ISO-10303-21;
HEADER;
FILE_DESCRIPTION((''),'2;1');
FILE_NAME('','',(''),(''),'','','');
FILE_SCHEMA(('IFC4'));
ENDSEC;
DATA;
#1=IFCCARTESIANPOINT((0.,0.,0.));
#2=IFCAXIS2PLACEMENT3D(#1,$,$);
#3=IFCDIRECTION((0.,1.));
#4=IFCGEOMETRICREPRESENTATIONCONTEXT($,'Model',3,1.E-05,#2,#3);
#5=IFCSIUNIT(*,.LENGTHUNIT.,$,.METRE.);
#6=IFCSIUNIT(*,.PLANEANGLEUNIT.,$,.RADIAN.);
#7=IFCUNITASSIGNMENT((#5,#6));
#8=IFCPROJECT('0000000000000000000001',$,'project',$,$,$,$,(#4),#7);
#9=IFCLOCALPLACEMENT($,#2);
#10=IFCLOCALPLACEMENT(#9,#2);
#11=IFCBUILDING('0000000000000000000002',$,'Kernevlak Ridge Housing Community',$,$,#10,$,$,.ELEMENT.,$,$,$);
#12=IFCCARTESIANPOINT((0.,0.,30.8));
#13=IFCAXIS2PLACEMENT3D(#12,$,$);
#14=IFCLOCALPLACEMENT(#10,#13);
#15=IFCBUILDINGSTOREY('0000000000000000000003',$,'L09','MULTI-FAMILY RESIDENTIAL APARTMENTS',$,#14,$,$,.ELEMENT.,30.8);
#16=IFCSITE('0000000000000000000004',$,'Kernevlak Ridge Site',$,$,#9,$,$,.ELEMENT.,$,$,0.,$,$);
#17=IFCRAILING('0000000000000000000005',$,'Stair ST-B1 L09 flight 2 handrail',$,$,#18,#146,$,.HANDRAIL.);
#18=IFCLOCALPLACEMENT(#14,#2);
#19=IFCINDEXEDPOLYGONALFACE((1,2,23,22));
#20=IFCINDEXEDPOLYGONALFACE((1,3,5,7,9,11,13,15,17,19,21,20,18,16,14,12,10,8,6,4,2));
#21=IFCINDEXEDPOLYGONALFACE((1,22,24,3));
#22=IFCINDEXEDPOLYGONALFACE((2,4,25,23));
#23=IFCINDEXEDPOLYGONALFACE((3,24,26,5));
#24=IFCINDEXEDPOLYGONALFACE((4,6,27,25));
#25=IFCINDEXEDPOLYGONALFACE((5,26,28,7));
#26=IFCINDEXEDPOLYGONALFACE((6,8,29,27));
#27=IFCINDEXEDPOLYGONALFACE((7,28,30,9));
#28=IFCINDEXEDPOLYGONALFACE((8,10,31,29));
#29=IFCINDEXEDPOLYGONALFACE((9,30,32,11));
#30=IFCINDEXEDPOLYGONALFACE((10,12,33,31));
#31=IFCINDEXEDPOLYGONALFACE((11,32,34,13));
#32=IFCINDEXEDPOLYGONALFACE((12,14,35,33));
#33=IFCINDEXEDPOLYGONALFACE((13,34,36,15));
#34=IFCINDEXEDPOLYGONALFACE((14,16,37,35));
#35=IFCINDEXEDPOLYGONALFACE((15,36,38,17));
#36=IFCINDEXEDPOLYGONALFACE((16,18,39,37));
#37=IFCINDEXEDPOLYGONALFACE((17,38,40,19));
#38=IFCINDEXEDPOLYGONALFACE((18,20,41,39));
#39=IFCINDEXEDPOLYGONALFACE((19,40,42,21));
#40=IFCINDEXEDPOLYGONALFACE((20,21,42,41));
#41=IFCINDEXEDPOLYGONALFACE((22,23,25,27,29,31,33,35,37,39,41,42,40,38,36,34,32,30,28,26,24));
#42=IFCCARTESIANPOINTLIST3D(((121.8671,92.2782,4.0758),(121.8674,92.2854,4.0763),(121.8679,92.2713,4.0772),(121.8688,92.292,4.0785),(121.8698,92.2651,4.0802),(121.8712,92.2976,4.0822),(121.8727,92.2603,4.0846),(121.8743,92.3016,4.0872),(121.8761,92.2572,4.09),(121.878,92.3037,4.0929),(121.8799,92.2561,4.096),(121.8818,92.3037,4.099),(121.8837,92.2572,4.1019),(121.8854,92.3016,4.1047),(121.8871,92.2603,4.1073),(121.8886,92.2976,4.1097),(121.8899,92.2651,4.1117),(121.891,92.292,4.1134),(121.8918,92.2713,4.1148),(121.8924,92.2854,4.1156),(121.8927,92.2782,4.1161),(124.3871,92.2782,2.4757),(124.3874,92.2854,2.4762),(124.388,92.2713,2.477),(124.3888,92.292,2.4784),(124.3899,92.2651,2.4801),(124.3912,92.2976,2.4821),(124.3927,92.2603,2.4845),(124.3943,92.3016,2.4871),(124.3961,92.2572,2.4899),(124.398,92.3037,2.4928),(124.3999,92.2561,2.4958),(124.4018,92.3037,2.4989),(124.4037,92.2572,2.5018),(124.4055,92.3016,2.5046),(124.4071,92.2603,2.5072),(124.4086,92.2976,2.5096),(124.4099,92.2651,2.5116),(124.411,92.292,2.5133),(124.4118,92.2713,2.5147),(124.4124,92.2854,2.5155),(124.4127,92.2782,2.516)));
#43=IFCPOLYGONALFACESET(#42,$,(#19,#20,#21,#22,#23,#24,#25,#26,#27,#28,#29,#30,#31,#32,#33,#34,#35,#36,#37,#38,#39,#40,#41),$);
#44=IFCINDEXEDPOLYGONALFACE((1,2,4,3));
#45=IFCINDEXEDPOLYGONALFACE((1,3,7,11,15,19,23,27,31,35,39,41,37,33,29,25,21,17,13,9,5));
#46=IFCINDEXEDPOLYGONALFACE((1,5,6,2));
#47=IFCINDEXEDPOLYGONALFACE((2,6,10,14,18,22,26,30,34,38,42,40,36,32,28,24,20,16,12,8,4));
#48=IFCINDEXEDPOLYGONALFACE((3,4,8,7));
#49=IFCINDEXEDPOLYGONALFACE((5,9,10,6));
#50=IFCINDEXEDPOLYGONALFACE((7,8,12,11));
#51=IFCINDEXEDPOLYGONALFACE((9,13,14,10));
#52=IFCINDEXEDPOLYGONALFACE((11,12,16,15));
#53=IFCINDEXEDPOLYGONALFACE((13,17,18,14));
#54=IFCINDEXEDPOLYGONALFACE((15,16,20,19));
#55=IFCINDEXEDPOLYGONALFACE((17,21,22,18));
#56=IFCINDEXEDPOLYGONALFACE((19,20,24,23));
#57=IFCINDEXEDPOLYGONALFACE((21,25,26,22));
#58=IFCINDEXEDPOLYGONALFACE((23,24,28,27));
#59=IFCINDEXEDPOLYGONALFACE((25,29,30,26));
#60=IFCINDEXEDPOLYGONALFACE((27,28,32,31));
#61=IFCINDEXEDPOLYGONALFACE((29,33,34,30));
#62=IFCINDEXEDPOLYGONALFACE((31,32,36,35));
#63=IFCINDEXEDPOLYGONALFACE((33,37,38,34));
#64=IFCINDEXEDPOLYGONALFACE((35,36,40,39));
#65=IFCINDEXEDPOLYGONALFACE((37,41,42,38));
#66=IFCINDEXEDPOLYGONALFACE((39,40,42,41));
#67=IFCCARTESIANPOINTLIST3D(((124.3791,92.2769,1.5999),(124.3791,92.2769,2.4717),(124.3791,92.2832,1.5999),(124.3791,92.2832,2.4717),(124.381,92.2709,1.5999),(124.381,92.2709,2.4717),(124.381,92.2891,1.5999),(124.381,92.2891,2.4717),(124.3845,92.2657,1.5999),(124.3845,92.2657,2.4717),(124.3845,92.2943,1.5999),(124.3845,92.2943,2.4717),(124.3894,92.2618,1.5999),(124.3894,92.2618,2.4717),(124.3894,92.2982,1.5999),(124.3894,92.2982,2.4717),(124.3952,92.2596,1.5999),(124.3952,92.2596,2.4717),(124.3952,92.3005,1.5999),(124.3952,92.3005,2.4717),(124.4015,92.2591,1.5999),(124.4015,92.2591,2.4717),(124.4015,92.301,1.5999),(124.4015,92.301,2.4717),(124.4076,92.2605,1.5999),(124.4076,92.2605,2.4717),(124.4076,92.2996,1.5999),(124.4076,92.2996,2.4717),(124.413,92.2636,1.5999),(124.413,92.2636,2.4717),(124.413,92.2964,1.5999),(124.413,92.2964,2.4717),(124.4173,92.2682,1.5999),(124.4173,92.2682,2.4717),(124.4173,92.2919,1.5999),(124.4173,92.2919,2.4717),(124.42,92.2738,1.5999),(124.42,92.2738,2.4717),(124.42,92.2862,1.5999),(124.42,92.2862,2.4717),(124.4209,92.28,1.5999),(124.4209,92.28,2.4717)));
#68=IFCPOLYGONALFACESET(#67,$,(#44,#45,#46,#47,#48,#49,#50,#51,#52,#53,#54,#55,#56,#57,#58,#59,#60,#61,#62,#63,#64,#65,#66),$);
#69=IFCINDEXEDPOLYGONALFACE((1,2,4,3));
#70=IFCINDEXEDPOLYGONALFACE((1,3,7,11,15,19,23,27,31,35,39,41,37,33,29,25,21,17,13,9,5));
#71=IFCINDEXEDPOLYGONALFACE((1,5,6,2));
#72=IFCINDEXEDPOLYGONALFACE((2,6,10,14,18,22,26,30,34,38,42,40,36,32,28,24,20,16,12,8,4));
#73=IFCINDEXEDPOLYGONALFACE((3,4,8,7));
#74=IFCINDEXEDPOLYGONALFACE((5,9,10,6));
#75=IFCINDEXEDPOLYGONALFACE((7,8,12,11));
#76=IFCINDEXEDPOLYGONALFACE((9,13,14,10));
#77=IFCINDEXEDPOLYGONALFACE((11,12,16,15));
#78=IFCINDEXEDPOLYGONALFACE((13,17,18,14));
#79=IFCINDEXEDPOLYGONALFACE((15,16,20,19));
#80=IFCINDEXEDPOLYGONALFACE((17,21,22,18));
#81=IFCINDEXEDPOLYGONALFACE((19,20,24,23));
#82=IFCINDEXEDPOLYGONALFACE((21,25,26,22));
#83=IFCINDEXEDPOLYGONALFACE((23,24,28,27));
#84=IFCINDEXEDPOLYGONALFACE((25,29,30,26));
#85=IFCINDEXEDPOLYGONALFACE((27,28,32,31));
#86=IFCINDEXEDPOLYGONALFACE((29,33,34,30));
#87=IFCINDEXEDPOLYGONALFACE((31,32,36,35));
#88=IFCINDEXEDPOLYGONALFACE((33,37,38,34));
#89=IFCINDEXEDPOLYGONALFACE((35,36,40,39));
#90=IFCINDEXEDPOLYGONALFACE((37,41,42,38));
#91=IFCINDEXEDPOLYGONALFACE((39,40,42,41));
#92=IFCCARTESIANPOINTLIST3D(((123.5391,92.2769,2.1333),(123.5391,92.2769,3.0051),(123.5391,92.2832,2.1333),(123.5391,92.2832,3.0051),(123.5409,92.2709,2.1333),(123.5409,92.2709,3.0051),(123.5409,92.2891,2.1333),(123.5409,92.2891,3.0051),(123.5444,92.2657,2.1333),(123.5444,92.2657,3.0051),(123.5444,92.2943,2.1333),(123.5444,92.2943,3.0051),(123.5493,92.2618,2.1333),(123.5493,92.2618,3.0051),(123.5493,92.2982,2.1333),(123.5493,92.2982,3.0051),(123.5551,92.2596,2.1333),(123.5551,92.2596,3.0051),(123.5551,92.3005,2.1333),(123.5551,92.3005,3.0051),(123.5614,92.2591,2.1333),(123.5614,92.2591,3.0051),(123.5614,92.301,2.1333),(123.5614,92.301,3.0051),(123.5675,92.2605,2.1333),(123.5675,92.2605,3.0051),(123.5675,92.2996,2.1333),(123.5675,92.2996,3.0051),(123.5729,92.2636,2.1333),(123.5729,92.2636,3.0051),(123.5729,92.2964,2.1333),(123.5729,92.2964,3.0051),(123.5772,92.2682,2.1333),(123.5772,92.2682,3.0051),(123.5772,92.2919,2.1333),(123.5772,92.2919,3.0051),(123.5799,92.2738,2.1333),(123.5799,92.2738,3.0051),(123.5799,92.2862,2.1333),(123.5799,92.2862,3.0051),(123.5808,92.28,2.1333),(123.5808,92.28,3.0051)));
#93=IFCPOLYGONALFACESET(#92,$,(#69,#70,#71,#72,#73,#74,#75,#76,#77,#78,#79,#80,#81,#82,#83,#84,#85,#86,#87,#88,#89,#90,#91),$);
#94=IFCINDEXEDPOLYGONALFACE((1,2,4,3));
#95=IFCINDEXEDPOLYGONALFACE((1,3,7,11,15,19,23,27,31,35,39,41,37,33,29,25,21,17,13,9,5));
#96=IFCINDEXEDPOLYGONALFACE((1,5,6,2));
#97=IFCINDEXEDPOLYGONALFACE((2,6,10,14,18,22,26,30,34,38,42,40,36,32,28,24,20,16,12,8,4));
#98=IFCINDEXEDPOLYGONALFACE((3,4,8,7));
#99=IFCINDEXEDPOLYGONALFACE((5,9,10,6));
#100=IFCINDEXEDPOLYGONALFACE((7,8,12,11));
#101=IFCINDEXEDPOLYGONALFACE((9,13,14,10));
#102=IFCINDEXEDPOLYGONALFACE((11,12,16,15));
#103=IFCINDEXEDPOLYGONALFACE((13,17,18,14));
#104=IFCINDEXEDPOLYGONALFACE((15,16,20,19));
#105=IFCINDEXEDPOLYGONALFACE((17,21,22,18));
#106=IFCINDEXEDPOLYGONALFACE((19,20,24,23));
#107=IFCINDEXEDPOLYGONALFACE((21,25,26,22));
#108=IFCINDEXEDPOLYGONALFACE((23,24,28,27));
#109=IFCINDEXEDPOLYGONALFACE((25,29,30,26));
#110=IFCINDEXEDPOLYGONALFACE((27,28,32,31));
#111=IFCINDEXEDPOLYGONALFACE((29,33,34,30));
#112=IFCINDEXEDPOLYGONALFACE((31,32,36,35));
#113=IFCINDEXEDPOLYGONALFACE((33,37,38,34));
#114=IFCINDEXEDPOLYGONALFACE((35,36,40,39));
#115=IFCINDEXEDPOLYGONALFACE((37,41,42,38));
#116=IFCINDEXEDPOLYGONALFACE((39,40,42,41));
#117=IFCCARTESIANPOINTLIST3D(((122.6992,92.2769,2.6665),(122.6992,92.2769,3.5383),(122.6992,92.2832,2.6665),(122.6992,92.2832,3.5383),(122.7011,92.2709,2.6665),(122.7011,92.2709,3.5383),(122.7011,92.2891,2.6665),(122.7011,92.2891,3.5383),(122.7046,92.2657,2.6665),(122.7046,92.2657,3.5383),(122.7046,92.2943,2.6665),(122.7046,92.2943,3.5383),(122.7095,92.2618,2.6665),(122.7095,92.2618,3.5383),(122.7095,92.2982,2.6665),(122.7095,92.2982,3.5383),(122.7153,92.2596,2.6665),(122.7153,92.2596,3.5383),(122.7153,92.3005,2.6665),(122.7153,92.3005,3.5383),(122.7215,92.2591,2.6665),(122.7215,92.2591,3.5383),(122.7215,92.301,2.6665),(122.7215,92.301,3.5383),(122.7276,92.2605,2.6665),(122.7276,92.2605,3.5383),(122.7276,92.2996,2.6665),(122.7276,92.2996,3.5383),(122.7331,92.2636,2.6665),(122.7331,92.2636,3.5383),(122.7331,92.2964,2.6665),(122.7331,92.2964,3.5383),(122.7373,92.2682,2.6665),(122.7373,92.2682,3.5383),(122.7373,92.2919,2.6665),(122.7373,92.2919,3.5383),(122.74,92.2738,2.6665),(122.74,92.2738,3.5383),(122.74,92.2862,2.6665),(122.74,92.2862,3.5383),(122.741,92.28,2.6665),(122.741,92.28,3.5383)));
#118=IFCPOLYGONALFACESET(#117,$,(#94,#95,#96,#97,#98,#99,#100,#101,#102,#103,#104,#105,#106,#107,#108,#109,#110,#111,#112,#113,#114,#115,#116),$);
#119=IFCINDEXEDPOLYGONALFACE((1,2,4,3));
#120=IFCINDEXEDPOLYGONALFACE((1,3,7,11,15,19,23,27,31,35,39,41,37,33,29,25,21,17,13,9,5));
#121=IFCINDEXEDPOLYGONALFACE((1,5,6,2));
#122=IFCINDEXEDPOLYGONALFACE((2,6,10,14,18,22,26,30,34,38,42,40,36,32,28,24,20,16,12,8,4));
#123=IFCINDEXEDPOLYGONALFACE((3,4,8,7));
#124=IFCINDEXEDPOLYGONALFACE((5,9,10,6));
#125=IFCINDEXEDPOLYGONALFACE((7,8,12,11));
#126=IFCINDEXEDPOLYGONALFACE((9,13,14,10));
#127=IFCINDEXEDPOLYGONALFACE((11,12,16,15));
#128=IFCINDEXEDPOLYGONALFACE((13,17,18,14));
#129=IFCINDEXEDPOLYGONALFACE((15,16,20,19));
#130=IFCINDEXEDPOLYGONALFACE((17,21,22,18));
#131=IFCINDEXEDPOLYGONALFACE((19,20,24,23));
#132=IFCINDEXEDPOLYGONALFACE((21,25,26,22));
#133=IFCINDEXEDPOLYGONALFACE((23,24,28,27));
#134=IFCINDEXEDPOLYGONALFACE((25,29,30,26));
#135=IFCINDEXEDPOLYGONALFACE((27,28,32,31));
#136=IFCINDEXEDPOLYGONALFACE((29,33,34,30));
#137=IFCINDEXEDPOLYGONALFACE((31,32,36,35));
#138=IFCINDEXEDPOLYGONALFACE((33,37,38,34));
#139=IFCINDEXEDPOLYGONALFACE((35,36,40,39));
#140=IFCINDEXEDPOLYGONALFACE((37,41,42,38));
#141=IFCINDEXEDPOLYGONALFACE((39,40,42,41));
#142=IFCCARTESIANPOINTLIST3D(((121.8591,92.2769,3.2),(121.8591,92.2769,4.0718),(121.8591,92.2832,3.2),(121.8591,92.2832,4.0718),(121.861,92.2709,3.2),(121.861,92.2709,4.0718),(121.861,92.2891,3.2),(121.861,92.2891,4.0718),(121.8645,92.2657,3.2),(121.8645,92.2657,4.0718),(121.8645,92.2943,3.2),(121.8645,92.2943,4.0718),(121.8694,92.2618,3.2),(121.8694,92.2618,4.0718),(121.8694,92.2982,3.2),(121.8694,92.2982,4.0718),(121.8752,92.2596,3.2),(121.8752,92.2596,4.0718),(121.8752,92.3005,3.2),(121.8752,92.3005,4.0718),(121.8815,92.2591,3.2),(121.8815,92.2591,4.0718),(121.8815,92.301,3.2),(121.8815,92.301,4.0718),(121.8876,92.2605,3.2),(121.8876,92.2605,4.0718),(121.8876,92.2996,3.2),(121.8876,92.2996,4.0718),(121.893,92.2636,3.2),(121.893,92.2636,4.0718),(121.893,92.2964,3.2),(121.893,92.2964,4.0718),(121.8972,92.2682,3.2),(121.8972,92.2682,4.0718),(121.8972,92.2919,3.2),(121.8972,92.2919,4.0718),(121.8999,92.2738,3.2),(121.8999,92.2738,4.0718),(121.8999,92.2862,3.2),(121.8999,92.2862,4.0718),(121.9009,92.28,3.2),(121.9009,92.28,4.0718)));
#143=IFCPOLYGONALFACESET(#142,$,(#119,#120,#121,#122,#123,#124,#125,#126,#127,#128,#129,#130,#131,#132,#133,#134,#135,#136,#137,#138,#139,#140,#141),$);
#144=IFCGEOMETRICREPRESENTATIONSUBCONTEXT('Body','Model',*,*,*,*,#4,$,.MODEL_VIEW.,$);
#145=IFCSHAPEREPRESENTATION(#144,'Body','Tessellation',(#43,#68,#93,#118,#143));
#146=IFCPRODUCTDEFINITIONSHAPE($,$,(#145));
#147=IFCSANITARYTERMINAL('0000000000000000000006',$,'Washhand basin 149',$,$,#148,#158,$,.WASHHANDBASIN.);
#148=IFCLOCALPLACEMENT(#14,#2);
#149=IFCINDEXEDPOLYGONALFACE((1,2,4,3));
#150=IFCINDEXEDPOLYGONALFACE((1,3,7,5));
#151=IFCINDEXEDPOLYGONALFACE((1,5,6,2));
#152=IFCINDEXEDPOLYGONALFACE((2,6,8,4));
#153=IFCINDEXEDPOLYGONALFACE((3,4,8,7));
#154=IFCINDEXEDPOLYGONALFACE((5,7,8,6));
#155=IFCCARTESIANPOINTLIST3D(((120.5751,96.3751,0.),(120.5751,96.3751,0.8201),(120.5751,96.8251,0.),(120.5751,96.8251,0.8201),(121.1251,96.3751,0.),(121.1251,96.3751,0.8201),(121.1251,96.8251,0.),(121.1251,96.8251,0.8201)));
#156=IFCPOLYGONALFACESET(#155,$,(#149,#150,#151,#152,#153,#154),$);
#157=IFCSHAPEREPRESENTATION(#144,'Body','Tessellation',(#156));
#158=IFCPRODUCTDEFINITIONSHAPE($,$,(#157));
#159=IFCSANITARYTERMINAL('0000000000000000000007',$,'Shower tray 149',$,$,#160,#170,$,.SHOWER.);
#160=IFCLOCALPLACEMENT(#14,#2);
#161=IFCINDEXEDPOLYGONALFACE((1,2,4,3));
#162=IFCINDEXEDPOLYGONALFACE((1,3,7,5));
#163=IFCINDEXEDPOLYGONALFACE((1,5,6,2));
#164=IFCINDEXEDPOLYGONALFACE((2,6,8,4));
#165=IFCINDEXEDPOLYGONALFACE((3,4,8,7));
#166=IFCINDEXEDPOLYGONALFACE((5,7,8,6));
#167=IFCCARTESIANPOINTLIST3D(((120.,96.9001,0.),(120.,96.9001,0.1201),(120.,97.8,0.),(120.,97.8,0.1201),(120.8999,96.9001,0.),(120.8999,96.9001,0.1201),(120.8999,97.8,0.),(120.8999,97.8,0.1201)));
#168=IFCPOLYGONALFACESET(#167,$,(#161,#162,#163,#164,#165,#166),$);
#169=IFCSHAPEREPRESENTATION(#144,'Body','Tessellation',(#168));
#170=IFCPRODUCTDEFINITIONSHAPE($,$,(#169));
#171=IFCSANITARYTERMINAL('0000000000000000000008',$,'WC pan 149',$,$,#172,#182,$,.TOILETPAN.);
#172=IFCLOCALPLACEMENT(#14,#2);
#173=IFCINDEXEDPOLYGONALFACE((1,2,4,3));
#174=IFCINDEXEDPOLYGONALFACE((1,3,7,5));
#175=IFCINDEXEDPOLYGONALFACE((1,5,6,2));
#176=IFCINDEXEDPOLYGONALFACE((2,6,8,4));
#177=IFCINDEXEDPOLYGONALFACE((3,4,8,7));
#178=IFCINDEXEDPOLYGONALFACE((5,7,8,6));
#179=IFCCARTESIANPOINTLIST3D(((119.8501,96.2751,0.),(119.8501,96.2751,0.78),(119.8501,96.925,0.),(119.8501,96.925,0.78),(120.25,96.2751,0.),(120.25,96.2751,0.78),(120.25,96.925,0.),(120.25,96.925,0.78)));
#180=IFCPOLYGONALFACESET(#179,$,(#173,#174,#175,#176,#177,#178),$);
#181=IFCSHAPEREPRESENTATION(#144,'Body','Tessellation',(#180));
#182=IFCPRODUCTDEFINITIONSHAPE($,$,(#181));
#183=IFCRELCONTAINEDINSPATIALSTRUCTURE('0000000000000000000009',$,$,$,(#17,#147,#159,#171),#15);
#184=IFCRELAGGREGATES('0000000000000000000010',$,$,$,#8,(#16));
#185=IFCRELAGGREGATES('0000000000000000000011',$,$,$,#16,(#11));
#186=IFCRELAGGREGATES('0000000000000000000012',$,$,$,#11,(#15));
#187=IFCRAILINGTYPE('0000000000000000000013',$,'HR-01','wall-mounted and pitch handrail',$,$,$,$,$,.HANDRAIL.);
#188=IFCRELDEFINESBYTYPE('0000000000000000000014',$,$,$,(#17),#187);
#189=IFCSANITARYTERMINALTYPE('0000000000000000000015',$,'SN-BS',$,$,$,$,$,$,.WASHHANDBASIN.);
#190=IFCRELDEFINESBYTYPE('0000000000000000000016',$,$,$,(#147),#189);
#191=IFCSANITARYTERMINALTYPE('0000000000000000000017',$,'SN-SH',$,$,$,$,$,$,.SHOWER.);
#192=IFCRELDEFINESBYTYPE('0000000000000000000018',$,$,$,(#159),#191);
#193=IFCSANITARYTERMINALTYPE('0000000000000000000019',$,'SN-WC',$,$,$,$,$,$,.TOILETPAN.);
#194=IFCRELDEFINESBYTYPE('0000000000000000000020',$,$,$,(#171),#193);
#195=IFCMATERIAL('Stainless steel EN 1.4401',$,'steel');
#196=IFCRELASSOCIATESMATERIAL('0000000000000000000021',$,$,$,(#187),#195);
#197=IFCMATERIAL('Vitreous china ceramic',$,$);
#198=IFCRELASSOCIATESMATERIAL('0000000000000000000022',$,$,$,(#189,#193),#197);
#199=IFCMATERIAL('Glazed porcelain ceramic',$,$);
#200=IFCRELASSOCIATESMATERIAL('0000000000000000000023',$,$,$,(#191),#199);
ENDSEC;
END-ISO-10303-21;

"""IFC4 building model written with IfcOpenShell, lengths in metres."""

from ifc_helpers import new_model, si_unit, direction, frame, origin, origin_2d, place, context, subcontext, project, spatial, rectangle, circle, extrude, material, type_object, element, save


model = new_model("IFC4")

# Units and contexts
model_context = context("Model", 3, precision=1e-05, world=origin(), true_north=direction((0.0, 1.0)))
body_context = subcontext(model_context, "Body", "Model", "MODEL_VIEW")
ifc_project = project(units=[si_unit("LENGTHUNIT", "METRE"), si_unit("PLANEANGLEUNIT", "RADIAN")], contexts=[model_context])

# Site, building, storey
site_placement = place(None, origin())
site = spatial("IfcSite", under=ifc_project, at=site_placement, Name="Kernevlak Ridge Site", CompositionType="ELEMENT", RefElevation=0.0)
building_placement = place(site_placement, origin())
building = spatial("IfcBuilding", under=site, at=building_placement, Name="Kernevlak Ridge Housing Community", CompositionType="ELEMENT")
storey_placement = place(building_placement, frame((0.0, 0.0, 30.8)))
storey = spatial("IfcBuildingStorey", under=building, at=storey_placement, Name="L09", Description="MULTI-FAMILY RESIDENTIAL APARTMENTS", CompositionType="ELEMENT", Elevation=30.8)

# Railing
ifc_material_1 = material(Name="Stainless steel EN 1.4401", Category="steel")
railing_type = type_object("IfcRailingType", Name="HR-01", Description="wall-mounted and pitch handrail", PredefinedType="HANDRAIL", material=ifc_material_1)
railing_placement = place(storey_placement, frame((124.3999, 92.28, 1.5999)))
element("IfcRailing", 1, at=railing_placement, inside=storey, type_object=railing_type, Name="Stair ST-B1 L09 flight 2 handrail", PredefinedType="HANDRAIL", context=body_context, shape_type="SweptSolid", body=[
    extrude(circle(Radius=0.0239, at=origin_2d()), frame((0.0, 0.0, 0.896), z_axis=(-0.8442, 0.0, 0.536028), x_axis=(0.0, -1.0, 0.0)), (0.0, 0.0, 1.0), 2.9851),
    extrude(circle(Radius=0.021, at=origin_2d()), origin(), (0.0, 0.0, 1.0), 0.8718),
    extrude(circle(Radius=0.021, at=origin_2d()), frame((-0.8401, 0.0, 0.5334)), (0.0, 0.0, 1.0), 0.8718),
    extrude(circle(Radius=0.021, at=origin_2d()), frame((-1.6799, 0.0, 1.0667)), (0.0, 0.0, 1.0), 0.8718),
    extrude(circle(Radius=0.021, at=origin_2d()), frame((-2.52, 0.0, 1.6001)), (0.0, 0.0, 1.0), 0.8718),
])

# Sanitary terminals
ifc_material_2 = material(Name="Vitreous china ceramic")
sanitary_terminal_type_1 = type_object("IfcSanitaryTerminalType", Name="SN-BS", PredefinedType="WASHHANDBASIN", material=ifc_material_2)
sanitary_terminal_1_placement = place(storey_placement, frame((120.8501, 96.6001, 0.0), z_axis=(0.0, 0.0, 1.0), x_axis=(1.0, 0.0, 0.0)))
element("IfcSanitaryTerminal", 2, at=sanitary_terminal_1_placement, inside=storey, type_object=sanitary_terminal_type_1, Name="Washhand basin 149", PredefinedType="WASHHANDBASIN", context=body_context, shape_type="SweptSolid", body=[
    extrude(rectangle(XDim=0.55, YDim=0.45, at=origin_2d()), origin(), (0.0, 0.0, 1.0), 0.8201),
])
ifc_material_3 = material(Name="Glazed porcelain ceramic")
sanitary_terminal_type_2 = type_object("IfcSanitaryTerminalType", Name="SN-SH", PredefinedType="SHOWER", material=ifc_material_3)
sanitary_terminal_2_placement = place(storey_placement, frame((120.45, 97.3501, 0.0), z_axis=(0.0, 0.0, 1.0), x_axis=(1.0, 0.0, 0.0)))
element("IfcSanitaryTerminal", 3, at=sanitary_terminal_2_placement, inside=storey, type_object=sanitary_terminal_type_2, Name="Shower tray 149", PredefinedType="SHOWER", context=body_context, shape_type="SweptSolid", body=[
    extrude(rectangle(XDim=0.8999, YDim=0.8999, at=origin_2d()), origin(), (0.0, 0.0, 1.0), 0.1201),
])
sanitary_terminal_type_3 = type_object("IfcSanitaryTerminalType", Name="SN-WC", PredefinedType="TOILETPAN", material=ifc_material_2)
sanitary_terminal_3_placement = place(storey_placement, frame((120.05, 96.6001, 0.0), z_axis=(0.0, 0.0, 1.0), x_axis=(1.0, 0.0, 0.0)))
element("IfcSanitaryTerminal", 4, at=sanitary_terminal_3_placement, inside=storey, type_object=sanitary_terminal_type_3, Name="WC pan 149", PredefinedType="TOILETPAN", context=body_context, shape_type="SweptSolid", body=[
    extrude(rectangle(XDim=0.3999, YDim=0.6499, at=origin_2d()), origin(), (0.0, 0.0, 1.0), 0.78),
])

save(model, "model.ifc")
